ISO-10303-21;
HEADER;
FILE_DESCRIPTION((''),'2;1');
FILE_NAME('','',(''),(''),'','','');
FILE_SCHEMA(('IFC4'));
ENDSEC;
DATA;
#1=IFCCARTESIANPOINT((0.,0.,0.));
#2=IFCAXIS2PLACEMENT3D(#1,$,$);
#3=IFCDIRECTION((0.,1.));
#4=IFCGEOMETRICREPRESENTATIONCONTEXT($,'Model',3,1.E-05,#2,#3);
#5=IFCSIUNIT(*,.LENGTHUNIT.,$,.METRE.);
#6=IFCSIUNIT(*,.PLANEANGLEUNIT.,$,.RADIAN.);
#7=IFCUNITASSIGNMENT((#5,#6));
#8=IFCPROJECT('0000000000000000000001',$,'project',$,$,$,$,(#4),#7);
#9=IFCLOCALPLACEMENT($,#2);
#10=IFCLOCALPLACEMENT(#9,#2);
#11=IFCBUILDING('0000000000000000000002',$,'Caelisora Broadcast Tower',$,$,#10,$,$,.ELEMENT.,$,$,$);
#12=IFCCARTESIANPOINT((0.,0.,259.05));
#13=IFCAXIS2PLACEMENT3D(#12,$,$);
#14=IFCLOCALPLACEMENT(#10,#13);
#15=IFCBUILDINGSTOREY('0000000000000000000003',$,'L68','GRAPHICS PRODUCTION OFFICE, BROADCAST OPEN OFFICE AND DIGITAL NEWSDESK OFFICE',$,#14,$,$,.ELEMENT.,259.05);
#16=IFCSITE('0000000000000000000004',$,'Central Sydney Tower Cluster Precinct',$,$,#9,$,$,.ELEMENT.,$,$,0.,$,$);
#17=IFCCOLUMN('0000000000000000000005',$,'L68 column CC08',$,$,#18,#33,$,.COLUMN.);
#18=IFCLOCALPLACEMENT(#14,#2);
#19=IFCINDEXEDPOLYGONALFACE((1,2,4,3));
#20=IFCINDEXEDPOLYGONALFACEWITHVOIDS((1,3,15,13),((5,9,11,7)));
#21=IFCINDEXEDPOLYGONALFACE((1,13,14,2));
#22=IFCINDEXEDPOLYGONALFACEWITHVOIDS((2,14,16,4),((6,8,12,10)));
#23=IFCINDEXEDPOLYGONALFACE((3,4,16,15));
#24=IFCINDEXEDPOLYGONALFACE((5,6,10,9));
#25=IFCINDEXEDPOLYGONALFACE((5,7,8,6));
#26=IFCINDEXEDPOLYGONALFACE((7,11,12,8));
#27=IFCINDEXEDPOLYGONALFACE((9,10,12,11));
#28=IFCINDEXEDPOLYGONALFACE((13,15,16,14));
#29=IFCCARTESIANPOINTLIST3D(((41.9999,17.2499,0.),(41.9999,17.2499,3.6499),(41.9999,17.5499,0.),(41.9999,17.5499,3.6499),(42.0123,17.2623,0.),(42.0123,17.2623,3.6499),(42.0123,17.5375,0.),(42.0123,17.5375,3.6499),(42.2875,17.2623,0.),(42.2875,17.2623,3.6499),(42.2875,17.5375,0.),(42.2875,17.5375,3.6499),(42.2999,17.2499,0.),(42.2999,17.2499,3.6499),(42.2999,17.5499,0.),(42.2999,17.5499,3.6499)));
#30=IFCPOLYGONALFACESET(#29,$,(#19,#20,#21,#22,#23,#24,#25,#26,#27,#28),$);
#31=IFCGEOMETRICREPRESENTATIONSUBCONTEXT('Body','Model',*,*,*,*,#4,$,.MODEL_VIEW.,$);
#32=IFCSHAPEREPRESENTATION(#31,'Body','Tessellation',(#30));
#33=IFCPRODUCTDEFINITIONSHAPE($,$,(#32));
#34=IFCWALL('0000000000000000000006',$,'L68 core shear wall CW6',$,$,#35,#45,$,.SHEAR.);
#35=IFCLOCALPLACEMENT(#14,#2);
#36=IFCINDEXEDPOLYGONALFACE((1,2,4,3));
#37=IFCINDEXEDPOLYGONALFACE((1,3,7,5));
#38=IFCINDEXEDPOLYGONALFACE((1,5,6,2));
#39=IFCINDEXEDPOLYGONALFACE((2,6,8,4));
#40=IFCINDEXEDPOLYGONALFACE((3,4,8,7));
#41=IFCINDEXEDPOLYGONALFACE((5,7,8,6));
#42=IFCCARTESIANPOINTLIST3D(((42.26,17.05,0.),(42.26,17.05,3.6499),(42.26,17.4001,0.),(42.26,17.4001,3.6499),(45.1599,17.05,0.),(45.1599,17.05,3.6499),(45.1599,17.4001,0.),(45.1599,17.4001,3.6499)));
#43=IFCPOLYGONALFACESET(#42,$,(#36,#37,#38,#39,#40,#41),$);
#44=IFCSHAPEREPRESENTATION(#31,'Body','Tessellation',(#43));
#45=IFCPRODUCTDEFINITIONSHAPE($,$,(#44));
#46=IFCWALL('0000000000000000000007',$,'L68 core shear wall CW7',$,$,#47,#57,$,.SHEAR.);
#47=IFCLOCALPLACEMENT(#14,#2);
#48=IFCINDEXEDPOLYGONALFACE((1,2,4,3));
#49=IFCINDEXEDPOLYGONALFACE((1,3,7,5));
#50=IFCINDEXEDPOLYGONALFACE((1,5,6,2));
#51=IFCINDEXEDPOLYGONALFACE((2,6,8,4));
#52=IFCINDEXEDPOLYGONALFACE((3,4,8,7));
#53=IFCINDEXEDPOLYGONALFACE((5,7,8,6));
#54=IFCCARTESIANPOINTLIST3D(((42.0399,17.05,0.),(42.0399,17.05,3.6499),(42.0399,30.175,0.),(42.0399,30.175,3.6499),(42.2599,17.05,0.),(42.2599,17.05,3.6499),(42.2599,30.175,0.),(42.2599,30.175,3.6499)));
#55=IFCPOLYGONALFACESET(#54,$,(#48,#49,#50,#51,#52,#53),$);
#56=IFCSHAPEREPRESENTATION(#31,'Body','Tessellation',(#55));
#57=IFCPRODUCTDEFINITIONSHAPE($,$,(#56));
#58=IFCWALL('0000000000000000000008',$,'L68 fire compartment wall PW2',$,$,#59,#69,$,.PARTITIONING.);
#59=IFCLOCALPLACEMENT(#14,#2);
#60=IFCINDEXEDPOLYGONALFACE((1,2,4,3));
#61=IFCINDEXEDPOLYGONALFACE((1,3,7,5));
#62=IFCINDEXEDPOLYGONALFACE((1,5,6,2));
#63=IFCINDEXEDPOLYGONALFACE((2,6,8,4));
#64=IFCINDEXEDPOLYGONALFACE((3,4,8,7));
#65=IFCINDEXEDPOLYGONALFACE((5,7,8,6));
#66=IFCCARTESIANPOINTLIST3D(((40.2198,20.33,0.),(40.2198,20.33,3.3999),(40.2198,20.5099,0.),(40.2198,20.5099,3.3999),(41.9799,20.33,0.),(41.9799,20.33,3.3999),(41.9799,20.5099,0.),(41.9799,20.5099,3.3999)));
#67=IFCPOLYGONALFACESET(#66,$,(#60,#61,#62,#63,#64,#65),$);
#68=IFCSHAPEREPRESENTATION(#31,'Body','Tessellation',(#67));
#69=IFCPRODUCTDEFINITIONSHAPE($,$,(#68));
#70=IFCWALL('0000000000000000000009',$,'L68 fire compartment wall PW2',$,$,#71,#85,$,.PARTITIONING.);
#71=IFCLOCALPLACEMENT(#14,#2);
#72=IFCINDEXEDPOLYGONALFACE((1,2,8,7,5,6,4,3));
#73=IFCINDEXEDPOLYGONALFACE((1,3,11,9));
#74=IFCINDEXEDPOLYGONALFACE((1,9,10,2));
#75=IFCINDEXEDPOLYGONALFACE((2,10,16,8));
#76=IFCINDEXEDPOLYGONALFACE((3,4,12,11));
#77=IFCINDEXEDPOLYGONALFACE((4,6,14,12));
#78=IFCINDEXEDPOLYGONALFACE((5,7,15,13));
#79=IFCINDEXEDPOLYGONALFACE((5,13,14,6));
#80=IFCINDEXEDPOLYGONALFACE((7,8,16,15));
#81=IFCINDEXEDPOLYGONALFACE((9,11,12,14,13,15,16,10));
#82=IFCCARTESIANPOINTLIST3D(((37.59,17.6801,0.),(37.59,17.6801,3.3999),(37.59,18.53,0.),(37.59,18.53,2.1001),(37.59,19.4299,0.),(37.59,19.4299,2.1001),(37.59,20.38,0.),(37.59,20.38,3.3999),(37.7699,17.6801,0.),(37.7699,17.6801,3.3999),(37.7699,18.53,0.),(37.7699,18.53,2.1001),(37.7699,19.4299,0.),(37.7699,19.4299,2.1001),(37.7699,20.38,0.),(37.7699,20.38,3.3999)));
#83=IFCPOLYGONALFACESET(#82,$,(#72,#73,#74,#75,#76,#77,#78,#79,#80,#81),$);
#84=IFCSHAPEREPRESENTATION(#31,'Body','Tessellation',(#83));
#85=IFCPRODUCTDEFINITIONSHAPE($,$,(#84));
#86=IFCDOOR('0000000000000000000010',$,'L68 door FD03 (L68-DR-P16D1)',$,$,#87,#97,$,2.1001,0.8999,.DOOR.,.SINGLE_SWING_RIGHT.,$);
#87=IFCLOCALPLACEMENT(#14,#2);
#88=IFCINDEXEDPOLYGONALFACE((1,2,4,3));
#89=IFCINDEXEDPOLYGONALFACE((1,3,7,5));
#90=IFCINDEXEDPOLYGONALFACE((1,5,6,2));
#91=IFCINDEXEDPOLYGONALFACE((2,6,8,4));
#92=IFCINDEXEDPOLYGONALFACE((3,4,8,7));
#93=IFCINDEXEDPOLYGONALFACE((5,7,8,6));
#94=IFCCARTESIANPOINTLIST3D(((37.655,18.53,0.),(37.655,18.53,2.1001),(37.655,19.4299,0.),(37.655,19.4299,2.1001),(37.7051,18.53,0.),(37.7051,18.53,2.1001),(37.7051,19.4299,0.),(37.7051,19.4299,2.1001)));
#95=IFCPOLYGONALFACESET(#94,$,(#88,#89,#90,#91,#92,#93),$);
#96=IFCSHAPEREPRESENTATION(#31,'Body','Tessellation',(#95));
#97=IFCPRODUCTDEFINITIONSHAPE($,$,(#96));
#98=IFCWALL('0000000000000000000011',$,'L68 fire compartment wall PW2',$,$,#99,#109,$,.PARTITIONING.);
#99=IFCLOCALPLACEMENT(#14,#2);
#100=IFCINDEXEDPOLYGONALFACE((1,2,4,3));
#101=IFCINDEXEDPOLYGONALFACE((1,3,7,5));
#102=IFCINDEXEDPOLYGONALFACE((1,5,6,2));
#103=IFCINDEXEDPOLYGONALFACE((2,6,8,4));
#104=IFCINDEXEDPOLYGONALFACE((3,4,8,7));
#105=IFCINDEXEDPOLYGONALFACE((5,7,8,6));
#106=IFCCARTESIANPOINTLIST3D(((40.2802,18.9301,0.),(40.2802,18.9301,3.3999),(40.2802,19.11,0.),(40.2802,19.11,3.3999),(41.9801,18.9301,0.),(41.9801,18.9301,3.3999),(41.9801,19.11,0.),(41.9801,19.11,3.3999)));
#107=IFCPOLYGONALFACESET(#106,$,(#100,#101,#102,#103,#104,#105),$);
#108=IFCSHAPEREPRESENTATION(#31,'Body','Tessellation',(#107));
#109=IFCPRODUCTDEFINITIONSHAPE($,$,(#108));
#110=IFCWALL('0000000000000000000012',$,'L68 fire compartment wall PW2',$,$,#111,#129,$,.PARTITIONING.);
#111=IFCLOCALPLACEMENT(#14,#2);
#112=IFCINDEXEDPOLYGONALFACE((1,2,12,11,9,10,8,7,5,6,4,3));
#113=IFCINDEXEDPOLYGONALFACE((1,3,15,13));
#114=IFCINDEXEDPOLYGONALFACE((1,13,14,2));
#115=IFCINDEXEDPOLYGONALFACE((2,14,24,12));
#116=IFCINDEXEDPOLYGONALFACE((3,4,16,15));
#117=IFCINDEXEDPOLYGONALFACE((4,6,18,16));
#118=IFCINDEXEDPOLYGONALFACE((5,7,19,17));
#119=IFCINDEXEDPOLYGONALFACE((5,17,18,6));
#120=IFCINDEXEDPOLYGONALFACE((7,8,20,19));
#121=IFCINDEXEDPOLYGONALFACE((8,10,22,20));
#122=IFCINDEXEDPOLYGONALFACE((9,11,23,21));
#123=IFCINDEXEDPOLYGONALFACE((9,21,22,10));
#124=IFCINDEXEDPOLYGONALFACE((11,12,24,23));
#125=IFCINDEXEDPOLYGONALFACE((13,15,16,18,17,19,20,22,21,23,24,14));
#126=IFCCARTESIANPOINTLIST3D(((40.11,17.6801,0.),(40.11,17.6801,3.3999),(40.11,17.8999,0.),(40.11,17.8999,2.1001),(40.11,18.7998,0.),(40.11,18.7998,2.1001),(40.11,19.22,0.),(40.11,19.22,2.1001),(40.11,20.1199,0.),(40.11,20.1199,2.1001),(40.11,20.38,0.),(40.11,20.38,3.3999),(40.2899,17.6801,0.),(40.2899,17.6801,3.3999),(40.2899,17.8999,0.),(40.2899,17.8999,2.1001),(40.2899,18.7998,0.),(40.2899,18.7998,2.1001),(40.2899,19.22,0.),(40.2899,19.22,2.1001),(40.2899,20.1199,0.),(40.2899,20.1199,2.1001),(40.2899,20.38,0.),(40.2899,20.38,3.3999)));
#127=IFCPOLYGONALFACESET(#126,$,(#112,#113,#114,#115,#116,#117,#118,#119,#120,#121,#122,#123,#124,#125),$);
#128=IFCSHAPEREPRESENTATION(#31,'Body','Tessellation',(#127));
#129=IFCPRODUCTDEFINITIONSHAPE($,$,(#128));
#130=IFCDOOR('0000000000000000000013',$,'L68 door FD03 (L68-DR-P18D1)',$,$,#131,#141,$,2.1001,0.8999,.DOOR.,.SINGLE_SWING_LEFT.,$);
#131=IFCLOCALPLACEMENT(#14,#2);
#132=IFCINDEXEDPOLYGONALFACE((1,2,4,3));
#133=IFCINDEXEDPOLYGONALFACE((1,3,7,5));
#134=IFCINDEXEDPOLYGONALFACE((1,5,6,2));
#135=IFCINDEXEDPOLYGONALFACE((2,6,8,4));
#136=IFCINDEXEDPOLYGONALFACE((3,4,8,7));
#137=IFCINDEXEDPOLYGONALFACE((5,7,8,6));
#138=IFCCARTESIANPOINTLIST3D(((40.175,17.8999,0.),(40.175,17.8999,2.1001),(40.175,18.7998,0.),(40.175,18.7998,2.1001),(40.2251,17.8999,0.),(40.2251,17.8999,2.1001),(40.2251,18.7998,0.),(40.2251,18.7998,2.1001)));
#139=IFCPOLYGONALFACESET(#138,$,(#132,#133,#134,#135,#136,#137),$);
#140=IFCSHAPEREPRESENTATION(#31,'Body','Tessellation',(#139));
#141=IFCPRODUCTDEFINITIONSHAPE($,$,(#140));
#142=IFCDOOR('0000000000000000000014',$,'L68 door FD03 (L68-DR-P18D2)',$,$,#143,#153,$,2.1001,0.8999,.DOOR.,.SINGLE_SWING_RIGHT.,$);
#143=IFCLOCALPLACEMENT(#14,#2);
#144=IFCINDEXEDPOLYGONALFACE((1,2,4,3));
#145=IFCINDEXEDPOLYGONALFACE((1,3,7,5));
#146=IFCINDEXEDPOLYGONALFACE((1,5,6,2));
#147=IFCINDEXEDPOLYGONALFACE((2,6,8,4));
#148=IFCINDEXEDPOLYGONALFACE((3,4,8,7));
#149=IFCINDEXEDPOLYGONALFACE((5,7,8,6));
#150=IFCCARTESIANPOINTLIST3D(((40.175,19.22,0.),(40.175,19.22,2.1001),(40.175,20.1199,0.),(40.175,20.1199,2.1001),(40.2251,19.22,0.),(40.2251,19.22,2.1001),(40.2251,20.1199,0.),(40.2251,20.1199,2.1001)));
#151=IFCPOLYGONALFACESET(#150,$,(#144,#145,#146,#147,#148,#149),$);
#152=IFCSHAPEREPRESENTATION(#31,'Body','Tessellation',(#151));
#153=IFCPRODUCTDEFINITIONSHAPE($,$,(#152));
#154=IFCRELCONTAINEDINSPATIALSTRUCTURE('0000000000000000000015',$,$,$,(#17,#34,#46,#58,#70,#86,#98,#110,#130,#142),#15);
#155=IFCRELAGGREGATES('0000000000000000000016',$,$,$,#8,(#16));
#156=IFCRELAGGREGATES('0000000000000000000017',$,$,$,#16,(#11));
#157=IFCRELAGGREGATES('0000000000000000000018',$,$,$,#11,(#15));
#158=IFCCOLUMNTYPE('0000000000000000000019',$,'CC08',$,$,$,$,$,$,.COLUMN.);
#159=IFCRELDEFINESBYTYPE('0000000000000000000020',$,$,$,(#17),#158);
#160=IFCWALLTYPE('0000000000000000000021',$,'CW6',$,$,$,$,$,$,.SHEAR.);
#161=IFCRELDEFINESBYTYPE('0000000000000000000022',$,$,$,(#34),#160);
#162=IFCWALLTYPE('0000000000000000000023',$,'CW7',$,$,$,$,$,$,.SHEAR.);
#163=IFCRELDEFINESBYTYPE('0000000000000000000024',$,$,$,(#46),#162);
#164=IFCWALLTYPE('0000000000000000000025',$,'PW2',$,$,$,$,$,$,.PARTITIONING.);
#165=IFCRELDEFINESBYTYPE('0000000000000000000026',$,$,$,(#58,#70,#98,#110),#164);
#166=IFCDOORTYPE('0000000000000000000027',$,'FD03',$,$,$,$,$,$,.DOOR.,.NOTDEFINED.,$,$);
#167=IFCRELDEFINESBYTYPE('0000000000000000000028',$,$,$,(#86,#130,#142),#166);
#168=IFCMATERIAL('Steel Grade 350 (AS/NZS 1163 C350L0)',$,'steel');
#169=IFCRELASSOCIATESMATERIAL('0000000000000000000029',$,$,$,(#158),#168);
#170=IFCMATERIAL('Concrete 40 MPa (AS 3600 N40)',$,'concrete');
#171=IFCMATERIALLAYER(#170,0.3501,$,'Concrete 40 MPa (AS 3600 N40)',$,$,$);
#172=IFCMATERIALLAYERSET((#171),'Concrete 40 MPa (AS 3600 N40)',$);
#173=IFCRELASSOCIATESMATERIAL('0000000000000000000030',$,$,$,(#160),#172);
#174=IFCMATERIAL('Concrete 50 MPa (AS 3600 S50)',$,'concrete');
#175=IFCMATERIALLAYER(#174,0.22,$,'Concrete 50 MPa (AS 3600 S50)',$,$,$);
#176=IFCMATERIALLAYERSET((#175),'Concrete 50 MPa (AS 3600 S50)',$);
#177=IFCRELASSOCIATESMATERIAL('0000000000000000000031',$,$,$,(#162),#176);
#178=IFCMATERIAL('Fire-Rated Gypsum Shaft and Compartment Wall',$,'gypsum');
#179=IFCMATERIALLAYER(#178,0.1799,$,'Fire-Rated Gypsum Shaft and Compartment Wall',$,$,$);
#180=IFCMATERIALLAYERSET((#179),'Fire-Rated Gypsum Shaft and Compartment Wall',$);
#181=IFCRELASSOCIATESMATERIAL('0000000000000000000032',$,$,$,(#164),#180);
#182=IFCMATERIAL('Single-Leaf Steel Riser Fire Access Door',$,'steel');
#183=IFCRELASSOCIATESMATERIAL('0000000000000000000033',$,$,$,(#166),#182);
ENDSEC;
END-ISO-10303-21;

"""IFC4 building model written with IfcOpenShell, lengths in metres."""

from ifc_helpers import new_model, si_unit, direction, frame, frame_2d, origin, origin_2d, place, context, subcontext, project, spatial, rectangle, hollow_rectangle, extrude, source, transform, mapped, material, layer, layer_set, material_profile, profile_set, type_object, type_shapes, element, fill, save


model = new_model("IFC4")

# Units and contexts
model_context = context("Model", 3, precision=1e-05, world=origin(), true_north=direction((0.0, 1.0)))
body_context = subcontext(model_context, "Body", "Model", "MODEL_VIEW")
ifc_project = project(units=[si_unit("LENGTHUNIT", "METRE"), si_unit("PLANEANGLEUNIT", "RADIAN")], contexts=[model_context])

# Site, building, storey
site_placement = place(None, origin())
site = spatial("IfcSite", under=ifc_project, at=site_placement, Name="Central Sydney Tower Cluster Precinct", CompositionType="ELEMENT", RefElevation=0.0)
building_placement = place(site_placement, origin())
building = spatial("IfcBuilding", under=site, at=building_placement, Name="Caelisora Broadcast Tower", CompositionType="ELEMENT")
storey_placement = place(building_placement, frame((0.0, 0.0, 259.05)))
storey = spatial("IfcBuildingStorey", under=building, at=storey_placement, Name="L68", Description="GRAPHICS PRODUCTION OFFICE, BROADCAST OPEN OFFICE AND DIGITAL NEWSDESK OFFICE", CompositionType="ELEMENT", Elevation=259.05)

# Column
ifc_material_1 = material(Name="Steel Grade 350 (AS/NZS 1163 C350L0)", Category="steel")
ifc_material_profile = material_profile(ifc_material_1, hollow_rectangle(XDim=0.3, YDim=0.3, WallThickness=0.0125, at=origin_2d()), Name="Steel Grade 350 (AS/NZS 1163 C350L0)")
ifc_profile_set = profile_set([ifc_material_profile], Name="Steel Grade 350 (AS/NZS 1163 C350L0)")
column_type = type_object("IfcColumnType", Name="CC08", PredefinedType="COLUMN", material=ifc_profile_set)
shared_shape = source(origin(), body_context, "Body", "SweptSolid", [
    extrude(hollow_rectangle(XDim=0.3, YDim=0.3, WallThickness=0.0125, at=origin_2d()), origin(), (0.0, 0.0, 1.0), 3.6499),
])
type_shapes(column_type, [shared_shape])
column_placement = place(storey_placement, frame((42.1499, 17.3999, 0.0), z_axis=(0.0, 0.0, 1.0), x_axis=(1.0, 0.0, 0.0)))
element("IfcColumn", 1, at=column_placement, inside=storey, type_object=column_type, Name="L68 column CC08", PredefinedType="COLUMN", context=body_context, shape_type="MappedRepresentation", body=[
    mapped(shared_shape, transform((0.0, 0.0, 0.0), scale=1.0)),
])

# Walls
ifc_material_2 = material(Name="Concrete 40 MPa (AS 3600 N40)", Category="concrete")
ifc_layer_1 = layer(ifc_material_2, 0.3501, Name="Concrete 40 MPa (AS 3600 N40)")
ifc_layer_set_1 = layer_set([ifc_layer_1], Name="Concrete 40 MPa (AS 3600 N40)")
wall_type_1 = type_object("IfcWallType", Name="CW6", PredefinedType="SHEAR", material=ifc_layer_set_1)
wall_1_placement = place(storey_placement, frame((42.26, 17.2251, 0.0), z_axis=(0.0, 0.0, 1.0), x_axis=(1.0, 0.0, 0.0)))
element("IfcWall", 2, at=wall_1_placement, inside=storey, type_object=wall_type_1, Name="L68 core shear wall CW6", PredefinedType="SHEAR", context=body_context, shape_type="SweptSolid", body=[
    extrude(rectangle(XDim=2.8999, YDim=0.3501, at=frame_2d((1.45, 0.0))), origin(), (0.0, 0.0, 1.0), 3.6499),
])
ifc_material_3 = material(Name="Concrete 50 MPa (AS 3600 S50)", Category="concrete")
ifc_layer_2 = layer(ifc_material_3, 0.22, Name="Concrete 50 MPa (AS 3600 S50)")
ifc_layer_set_2 = layer_set([ifc_layer_2], Name="Concrete 50 MPa (AS 3600 S50)")
wall_type_2 = type_object("IfcWallType", Name="CW7", PredefinedType="SHEAR", material=ifc_layer_set_2)
wall_2_placement = place(storey_placement, frame((42.1499, 17.05, 0.0), z_axis=(0.0, 0.0, 1.0), x_axis=(0.0, 1.0, 0.0)))
element("IfcWall", 3, at=wall_2_placement, inside=storey, type_object=wall_type_2, Name="L68 core shear wall CW7", PredefinedType="SHEAR", context=body_context, shape_type="SweptSolid", body=[
    extrude(rectangle(XDim=13.125, YDim=0.22, at=frame_2d((6.5625, 0.0))), origin(), (0.0, 0.0, 1.0), 3.6499),
])
ifc_material_4 = material(Name="Fire-Rated Gypsum Shaft and Compartment Wall", Category="gypsum")
ifc_layer_3 = layer(ifc_material_4, 0.1799, Name="Fire-Rated Gypsum Shaft and Compartment Wall")
ifc_layer_set_3 = layer_set([ifc_layer_3], Name="Fire-Rated Gypsum Shaft and Compartment Wall")
wall_type_3 = type_object("IfcWallType", Name="PW2", PredefinedType="PARTITIONING", material=ifc_layer_set_3)
wall_3_placement = place(storey_placement, frame((40.22, 20.4199, 0.0), z_axis=(0.0, 0.0, 1.0), x_axis=(1.0, 0.0, 0.0)))
element("IfcWall", 4, at=wall_3_placement, inside=storey, type_object=wall_type_3, Name="L68 fire compartment wall PW2", PredefinedType="PARTITIONING", context=body_context, shape_type="SweptSolid", body=[
    extrude(rectangle(XDim=1.76, YDim=0.1799, at=frame_2d((0.8799, 0.0))), origin(), (0.0, 0.0, 1.0), 3.3999),
])

# Wall, opening, door
wall_4_placement = place(storey_placement, frame((37.6799, 17.6799, 0.0), z_axis=(0.0, 0.0, 1.0), x_axis=(0.0, 1.0, 0.0)))
wall_4 = element("IfcWall", 5, at=wall_4_placement, inside=storey, type_object=wall_type_3, Name="L68 fire compartment wall PW2", PredefinedType="PARTITIONING", context=body_context, shape_type="SweptSolid", body=[
    extrude(rectangle(XDim=2.7, YDim=0.1799, at=frame_2d((1.3501, 0.0))), origin(), (0.0, 0.0, 1.0), 3.3999),
])
opening_1_placement = place(wall_4_placement, frame((0.8501, 0.0, 0.0)))
opening_1 = element("IfcOpeningElement", 6, at=opening_1_placement, cuts=wall_4, PredefinedType="OPENING", context=body_context, shape_type="SweptSolid", body=[
    extrude(rectangle(XDim=0.8999, YDim=2.1001, at=frame_2d((0.45, 1.05))), frame((0.0, 0.1021, 0.0), z_axis=(0.0, -1.0, 0.0), x_axis=(1.0, 0.0, 0.0)), (0.0, 0.0, 1.0), 0.2039),
])
ifc_material_5 = material(Name="Single-Leaf Steel Riser Fire Access Door", Category="steel")
door_type_1 = type_object("IfcDoorType", Name="FD03", OperationType="NOTDEFINED", PredefinedType="DOOR", material=ifc_material_5)
door_1_placement = place(opening_1_placement, origin())
door_1 = element("IfcDoor", 7, at=door_1_placement, inside=storey, type_object=door_type_1, Name="L68 door FD03 (L68-DR-P16D1)", OperationType="SINGLE_SWING_RIGHT", OverallHeight=2.1001, OverallWidth=0.8999, PredefinedType="DOOR", context=body_context, shape_type="SweptSolid", body=[
    extrude(rectangle(XDim=0.8999, YDim=2.1001, at=frame_2d((0.45, 1.05))), frame((0.0, 0.0249, 0.0), z_axis=(0.0, -1.0, 0.0), x_axis=(1.0, 0.0, 0.0)), (0.0, 0.0, 1.0), 0.05),
])
fill(opening_1, door_1)

# Wall
wall_5_placement = place(storey_placement, frame((40.28, 19.02, 0.0), z_axis=(0.0, 0.0, 1.0), x_axis=(1.0, 0.0, 0.0)))
element("IfcWall", 8, at=wall_5_placement, inside=storey, type_object=wall_type_3, Name="L68 fire compartment wall PW2", PredefinedType="PARTITIONING", context=body_context, shape_type="SweptSolid", body=[
    extrude(rectangle(XDim=1.7, YDim=0.1799, at=frame_2d((0.8501, 0.0))), origin(), (0.0, 0.0, 1.0), 3.3999),
])

# Wall, openings, doors
wall_6_placement = place(storey_placement, frame((40.2, 17.6799, 0.0), z_axis=(0.0, 0.0, 1.0), x_axis=(0.0, 1.0, 0.0)))
wall_6 = element("IfcWall", 9, at=wall_6_placement, inside=storey, type_object=wall_type_3, Name="L68 fire compartment wall PW2", PredefinedType="PARTITIONING", context=body_context, shape_type="SweptSolid", body=[
    extrude(rectangle(XDim=2.7, YDim=0.1799, at=frame_2d((1.3501, 0.0))), origin(), (0.0, 0.0, 1.0), 3.3999),
])
opening_2_placement = place(wall_6_placement, frame((0.22, 0.0, 0.0)))
opening_2 = element("IfcOpeningElement", 10, at=opening_2_placement, cuts=wall_6, PredefinedType="OPENING", context=body_context, shape_type="SweptSolid", body=[
    extrude(rectangle(XDim=0.8999, YDim=2.1001, at=frame_2d((0.45, 1.05))), frame((0.0, 0.1021, 0.0), z_axis=(0.0, -1.0, 0.0), x_axis=(1.0, 0.0, 0.0)), (0.0, 0.0, 1.0), 0.2039),
])
opening_3_placement = place(wall_6_placement, frame((1.54, 0.0, 0.0)))
opening_3 = element("IfcOpeningElement", 11, at=opening_3_placement, cuts=wall_6, PredefinedType="OPENING", context=body_context, shape_type="SweptSolid", body=[
    extrude(rectangle(XDim=0.8999, YDim=2.1001, at=frame_2d((0.45, 1.05))), frame((0.0, 0.1021, 0.0), z_axis=(0.0, -1.0, 0.0), x_axis=(1.0, 0.0, 0.0)), (0.0, 0.0, 1.0), 0.2039),
])
door_2_placement = place(opening_2_placement, origin())
door_2 = element("IfcDoor", 12, at=door_2_placement, inside=storey, type_object=door_type_1, Name="L68 door FD03 (L68-DR-P18D1)", OperationType="SINGLE_SWING_LEFT", OverallHeight=2.1001, OverallWidth=0.8999, PredefinedType="DOOR", context=body_context, shape_type="SweptSolid", body=[
    extrude(rectangle(XDim=0.8999, YDim=2.1001, at=frame_2d((0.45, 1.05))), frame((0.0, 0.0249, 0.0), z_axis=(0.0, -1.0, 0.0), x_axis=(1.0, 0.0, 0.0)), (0.0, 0.0, 1.0), 0.05),
])
fill(opening_2, door_2)
door_3_placement = place(opening_3_placement, origin())
door_3 = element("IfcDoor", 13, at=door_3_placement, inside=storey, type_object=door_type_1, Name="L68 door FD03 (L68-DR-P18D2)", OperationType="SINGLE_SWING_RIGHT", OverallHeight=2.1001, OverallWidth=0.8999, PredefinedType="DOOR", context=body_context, shape_type="SweptSolid", body=[
    extrude(rectangle(XDim=0.8999, YDim=2.1001, at=frame_2d((0.45, 1.05))), frame((0.0, 0.0249, 0.0), z_axis=(0.0, -1.0, 0.0), x_axis=(1.0, 0.0, 0.0)), (0.0, 0.0, 1.0), 0.05),
])
fill(opening_3, door_3)

save(model, "model.ifc")
